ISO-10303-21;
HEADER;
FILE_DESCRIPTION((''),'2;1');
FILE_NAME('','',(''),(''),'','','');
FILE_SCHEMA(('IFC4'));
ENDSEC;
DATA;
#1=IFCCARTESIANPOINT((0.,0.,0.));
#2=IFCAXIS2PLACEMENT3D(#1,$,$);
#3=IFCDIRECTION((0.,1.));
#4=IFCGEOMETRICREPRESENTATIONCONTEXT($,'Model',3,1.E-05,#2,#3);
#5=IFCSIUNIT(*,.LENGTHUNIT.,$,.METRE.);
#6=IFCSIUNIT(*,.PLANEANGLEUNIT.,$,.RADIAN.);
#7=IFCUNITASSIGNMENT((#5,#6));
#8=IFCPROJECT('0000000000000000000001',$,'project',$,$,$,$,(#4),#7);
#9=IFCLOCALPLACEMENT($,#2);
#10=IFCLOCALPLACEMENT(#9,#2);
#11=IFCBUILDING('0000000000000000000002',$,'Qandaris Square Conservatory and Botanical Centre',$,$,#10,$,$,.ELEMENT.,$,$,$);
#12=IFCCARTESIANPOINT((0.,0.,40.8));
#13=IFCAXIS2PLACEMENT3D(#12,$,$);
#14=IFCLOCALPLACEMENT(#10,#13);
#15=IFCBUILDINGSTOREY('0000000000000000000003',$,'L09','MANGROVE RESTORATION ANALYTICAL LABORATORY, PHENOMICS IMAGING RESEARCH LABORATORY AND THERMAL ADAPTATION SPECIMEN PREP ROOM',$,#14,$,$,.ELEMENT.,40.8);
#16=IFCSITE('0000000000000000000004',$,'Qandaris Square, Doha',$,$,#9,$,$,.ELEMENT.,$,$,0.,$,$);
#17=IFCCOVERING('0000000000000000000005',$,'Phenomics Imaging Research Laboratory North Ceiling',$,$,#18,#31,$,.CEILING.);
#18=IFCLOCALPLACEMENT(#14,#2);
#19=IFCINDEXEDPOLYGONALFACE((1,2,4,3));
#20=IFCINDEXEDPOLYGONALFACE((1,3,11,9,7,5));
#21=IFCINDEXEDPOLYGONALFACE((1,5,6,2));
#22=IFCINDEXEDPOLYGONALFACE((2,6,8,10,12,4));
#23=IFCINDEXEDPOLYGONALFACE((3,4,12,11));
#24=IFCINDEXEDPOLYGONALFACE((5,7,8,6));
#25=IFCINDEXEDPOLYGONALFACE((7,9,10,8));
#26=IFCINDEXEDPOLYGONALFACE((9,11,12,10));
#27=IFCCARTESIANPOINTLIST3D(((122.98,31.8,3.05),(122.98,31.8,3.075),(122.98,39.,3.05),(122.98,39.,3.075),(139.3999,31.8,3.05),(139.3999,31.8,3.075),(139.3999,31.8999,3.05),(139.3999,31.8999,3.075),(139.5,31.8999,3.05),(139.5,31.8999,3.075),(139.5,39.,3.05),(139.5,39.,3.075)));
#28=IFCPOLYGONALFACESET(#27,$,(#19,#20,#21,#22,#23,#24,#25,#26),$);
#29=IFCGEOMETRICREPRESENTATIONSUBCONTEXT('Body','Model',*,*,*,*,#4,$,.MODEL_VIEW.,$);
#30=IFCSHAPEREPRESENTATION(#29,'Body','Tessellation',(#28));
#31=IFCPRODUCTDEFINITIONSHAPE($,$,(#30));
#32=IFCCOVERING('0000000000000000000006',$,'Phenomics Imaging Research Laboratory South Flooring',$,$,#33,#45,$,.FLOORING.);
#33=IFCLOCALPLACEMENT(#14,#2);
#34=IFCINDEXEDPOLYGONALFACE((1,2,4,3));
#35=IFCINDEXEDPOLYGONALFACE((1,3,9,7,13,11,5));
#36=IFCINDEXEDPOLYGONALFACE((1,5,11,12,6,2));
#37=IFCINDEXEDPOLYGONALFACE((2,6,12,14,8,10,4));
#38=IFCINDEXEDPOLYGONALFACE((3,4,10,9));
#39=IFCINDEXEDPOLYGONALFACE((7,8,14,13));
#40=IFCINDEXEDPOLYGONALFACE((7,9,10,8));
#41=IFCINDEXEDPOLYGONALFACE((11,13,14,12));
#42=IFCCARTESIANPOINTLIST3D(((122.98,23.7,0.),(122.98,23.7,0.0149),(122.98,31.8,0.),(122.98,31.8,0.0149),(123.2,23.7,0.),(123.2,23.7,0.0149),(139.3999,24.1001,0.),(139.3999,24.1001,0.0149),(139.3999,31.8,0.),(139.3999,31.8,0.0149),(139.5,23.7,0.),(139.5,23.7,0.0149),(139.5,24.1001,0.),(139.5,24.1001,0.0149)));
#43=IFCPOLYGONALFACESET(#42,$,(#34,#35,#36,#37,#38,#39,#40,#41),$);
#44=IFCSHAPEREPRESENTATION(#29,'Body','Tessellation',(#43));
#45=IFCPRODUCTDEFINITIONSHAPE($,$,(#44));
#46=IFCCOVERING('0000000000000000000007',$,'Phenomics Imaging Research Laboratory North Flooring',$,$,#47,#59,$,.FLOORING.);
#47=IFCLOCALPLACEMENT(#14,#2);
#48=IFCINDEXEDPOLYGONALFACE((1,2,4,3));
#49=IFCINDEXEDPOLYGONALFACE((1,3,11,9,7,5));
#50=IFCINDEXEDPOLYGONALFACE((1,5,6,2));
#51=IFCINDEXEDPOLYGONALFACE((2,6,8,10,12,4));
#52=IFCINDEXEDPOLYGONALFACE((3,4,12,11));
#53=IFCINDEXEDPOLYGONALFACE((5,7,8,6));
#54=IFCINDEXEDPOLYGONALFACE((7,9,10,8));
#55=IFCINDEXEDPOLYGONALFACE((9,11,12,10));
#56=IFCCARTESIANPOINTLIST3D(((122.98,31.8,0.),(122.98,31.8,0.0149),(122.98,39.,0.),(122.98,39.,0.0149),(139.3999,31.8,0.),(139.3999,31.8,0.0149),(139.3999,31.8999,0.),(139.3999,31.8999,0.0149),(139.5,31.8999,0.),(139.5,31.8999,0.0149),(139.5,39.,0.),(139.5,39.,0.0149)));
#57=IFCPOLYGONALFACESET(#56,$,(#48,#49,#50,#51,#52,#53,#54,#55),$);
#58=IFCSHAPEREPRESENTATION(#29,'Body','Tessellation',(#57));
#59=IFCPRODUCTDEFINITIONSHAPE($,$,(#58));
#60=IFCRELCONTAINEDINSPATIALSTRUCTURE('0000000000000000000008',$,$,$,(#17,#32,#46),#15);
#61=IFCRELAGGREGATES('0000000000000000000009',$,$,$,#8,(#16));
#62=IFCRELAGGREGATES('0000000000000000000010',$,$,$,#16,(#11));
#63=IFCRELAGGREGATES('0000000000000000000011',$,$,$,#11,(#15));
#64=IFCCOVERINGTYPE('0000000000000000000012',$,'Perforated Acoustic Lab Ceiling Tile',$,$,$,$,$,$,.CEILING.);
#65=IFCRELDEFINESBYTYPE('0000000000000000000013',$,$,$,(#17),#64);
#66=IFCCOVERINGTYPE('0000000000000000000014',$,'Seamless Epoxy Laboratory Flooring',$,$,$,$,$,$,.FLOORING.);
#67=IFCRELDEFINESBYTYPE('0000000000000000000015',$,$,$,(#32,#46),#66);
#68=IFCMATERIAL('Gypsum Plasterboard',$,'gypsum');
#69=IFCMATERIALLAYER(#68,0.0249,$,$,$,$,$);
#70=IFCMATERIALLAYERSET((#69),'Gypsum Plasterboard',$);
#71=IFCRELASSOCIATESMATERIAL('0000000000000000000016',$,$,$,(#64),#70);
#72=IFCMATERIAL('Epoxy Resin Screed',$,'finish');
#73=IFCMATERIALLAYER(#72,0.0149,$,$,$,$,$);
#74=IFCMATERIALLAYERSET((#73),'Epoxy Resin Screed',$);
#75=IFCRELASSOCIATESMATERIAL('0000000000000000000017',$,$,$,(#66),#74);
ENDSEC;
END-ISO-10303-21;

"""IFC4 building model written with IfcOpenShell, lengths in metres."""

from ifc_helpers import new_model, si_unit, direction, frame, origin, place, context, subcontext, project, spatial, polyline, outline, extrude, material, layer, layer_set, type_object, element, save


model = new_model("IFC4")

# Units and contexts
model_context = context("Model", 3, precision=1e-05, world=origin(), true_north=direction((0.0, 1.0)))
body_context = subcontext(model_context, "Body", "Model", "MODEL_VIEW")
ifc_project = project(units=[si_unit("LENGTHUNIT", "METRE"), si_unit("PLANEANGLEUNIT", "RADIAN")], contexts=[model_context])

# Site, building, storey
site_placement = place(None, origin())
site = spatial("IfcSite", under=ifc_project, at=site_placement, Name="Qandaris Square, Doha", CompositionType="ELEMENT", RefElevation=0.0)
building_placement = place(site_placement, origin())
building = spatial("IfcBuilding", under=site, at=building_placement, Name="Qandaris Square Conservatory and Botanical Centre", CompositionType="ELEMENT")
storey_placement = place(building_placement, frame((0.0, 0.0, 40.8)))
storey = spatial("IfcBuildingStorey", under=building, at=storey_placement, Name="L09", Description="MANGROVE RESTORATION ANALYTICAL LABORATORY, PHENOMICS IMAGING RESEARCH LABORATORY AND THERMAL ADAPTATION SPECIMEN PREP ROOM", CompositionType="ELEMENT", Elevation=40.8)

# Coverings
ifc_material_1 = material(Name="Gypsum Plasterboard", Category="gypsum")
ifc_layer_1 = layer(ifc_material_1, 0.0249)
ifc_layer_set_1 = layer_set([ifc_layer_1], Name="Gypsum Plasterboard")
covering_type_1 = type_object("IfcCoveringType", Name="Perforated Acoustic Lab Ceiling Tile", PredefinedType="CEILING", material=ifc_layer_set_1)
covering_1_placement = place(storey_placement, frame((0.0, 0.0, 3.05)))
element("IfcCovering", 1, at=covering_1_placement, inside=storey, type_object=covering_type_1, Name="Phenomics Imaging Research Laboratory North Ceiling", PredefinedType="CEILING", context=body_context, shape_type="SweptSolid", body=[
    extrude(outline(polyline([(139.5, 31.8999), (139.3999, 31.8999), (139.3999, 31.8), (122.98, 31.8), (122.98, 39.0), (139.5, 39.0), (139.5, 31.8999)])), origin(), (0.0, 0.0, 1.0), 0.0249),
])
ifc_material_2 = material(Name="Epoxy Resin Screed", Category="finish")
ifc_layer_2 = layer(ifc_material_2, 0.0149)
ifc_layer_set_2 = layer_set([ifc_layer_2], Name="Epoxy Resin Screed")
covering_type_2 = type_object("IfcCoveringType", Name="Seamless Epoxy Laboratory Flooring", PredefinedType="FLOORING", material=ifc_layer_set_2)
covering_2_placement = place(storey_placement, origin())
element("IfcCovering", 2, at=covering_2_placement, inside=storey, type_object=covering_type_2, Name="Phenomics Imaging Research Laboratory South Flooring", PredefinedType="FLOORING", context=body_context, shape_type="SweptSolid", body=[
    extrude(outline(polyline([(139.5, 23.7), (123.2, 23.7), (122.98, 23.7), (122.98, 31.8), (139.3999, 31.8), (139.3999, 24.1001), (139.5, 24.1001), (139.5, 23.7)])), origin(), (0.0, 0.0, 1.0), 0.0149),
])
covering_3_placement = place(storey_placement, origin())
element("IfcCovering", 3, at=covering_3_placement, inside=storey, type_object=covering_type_2, Name="Phenomics Imaging Research Laboratory North Flooring", PredefinedType="FLOORING", context=body_context, shape_type="SweptSolid", body=[
    extrude(outline(polyline([(139.5, 31.8999), (139.3999, 31.8999), (139.3999, 31.8), (122.98, 31.8), (122.98, 39.0), (139.5, 39.0), (139.5, 31.8999)])), origin(), (0.0, 0.0, 1.0), 0.0149),
])

save(model, "model.ifc")
